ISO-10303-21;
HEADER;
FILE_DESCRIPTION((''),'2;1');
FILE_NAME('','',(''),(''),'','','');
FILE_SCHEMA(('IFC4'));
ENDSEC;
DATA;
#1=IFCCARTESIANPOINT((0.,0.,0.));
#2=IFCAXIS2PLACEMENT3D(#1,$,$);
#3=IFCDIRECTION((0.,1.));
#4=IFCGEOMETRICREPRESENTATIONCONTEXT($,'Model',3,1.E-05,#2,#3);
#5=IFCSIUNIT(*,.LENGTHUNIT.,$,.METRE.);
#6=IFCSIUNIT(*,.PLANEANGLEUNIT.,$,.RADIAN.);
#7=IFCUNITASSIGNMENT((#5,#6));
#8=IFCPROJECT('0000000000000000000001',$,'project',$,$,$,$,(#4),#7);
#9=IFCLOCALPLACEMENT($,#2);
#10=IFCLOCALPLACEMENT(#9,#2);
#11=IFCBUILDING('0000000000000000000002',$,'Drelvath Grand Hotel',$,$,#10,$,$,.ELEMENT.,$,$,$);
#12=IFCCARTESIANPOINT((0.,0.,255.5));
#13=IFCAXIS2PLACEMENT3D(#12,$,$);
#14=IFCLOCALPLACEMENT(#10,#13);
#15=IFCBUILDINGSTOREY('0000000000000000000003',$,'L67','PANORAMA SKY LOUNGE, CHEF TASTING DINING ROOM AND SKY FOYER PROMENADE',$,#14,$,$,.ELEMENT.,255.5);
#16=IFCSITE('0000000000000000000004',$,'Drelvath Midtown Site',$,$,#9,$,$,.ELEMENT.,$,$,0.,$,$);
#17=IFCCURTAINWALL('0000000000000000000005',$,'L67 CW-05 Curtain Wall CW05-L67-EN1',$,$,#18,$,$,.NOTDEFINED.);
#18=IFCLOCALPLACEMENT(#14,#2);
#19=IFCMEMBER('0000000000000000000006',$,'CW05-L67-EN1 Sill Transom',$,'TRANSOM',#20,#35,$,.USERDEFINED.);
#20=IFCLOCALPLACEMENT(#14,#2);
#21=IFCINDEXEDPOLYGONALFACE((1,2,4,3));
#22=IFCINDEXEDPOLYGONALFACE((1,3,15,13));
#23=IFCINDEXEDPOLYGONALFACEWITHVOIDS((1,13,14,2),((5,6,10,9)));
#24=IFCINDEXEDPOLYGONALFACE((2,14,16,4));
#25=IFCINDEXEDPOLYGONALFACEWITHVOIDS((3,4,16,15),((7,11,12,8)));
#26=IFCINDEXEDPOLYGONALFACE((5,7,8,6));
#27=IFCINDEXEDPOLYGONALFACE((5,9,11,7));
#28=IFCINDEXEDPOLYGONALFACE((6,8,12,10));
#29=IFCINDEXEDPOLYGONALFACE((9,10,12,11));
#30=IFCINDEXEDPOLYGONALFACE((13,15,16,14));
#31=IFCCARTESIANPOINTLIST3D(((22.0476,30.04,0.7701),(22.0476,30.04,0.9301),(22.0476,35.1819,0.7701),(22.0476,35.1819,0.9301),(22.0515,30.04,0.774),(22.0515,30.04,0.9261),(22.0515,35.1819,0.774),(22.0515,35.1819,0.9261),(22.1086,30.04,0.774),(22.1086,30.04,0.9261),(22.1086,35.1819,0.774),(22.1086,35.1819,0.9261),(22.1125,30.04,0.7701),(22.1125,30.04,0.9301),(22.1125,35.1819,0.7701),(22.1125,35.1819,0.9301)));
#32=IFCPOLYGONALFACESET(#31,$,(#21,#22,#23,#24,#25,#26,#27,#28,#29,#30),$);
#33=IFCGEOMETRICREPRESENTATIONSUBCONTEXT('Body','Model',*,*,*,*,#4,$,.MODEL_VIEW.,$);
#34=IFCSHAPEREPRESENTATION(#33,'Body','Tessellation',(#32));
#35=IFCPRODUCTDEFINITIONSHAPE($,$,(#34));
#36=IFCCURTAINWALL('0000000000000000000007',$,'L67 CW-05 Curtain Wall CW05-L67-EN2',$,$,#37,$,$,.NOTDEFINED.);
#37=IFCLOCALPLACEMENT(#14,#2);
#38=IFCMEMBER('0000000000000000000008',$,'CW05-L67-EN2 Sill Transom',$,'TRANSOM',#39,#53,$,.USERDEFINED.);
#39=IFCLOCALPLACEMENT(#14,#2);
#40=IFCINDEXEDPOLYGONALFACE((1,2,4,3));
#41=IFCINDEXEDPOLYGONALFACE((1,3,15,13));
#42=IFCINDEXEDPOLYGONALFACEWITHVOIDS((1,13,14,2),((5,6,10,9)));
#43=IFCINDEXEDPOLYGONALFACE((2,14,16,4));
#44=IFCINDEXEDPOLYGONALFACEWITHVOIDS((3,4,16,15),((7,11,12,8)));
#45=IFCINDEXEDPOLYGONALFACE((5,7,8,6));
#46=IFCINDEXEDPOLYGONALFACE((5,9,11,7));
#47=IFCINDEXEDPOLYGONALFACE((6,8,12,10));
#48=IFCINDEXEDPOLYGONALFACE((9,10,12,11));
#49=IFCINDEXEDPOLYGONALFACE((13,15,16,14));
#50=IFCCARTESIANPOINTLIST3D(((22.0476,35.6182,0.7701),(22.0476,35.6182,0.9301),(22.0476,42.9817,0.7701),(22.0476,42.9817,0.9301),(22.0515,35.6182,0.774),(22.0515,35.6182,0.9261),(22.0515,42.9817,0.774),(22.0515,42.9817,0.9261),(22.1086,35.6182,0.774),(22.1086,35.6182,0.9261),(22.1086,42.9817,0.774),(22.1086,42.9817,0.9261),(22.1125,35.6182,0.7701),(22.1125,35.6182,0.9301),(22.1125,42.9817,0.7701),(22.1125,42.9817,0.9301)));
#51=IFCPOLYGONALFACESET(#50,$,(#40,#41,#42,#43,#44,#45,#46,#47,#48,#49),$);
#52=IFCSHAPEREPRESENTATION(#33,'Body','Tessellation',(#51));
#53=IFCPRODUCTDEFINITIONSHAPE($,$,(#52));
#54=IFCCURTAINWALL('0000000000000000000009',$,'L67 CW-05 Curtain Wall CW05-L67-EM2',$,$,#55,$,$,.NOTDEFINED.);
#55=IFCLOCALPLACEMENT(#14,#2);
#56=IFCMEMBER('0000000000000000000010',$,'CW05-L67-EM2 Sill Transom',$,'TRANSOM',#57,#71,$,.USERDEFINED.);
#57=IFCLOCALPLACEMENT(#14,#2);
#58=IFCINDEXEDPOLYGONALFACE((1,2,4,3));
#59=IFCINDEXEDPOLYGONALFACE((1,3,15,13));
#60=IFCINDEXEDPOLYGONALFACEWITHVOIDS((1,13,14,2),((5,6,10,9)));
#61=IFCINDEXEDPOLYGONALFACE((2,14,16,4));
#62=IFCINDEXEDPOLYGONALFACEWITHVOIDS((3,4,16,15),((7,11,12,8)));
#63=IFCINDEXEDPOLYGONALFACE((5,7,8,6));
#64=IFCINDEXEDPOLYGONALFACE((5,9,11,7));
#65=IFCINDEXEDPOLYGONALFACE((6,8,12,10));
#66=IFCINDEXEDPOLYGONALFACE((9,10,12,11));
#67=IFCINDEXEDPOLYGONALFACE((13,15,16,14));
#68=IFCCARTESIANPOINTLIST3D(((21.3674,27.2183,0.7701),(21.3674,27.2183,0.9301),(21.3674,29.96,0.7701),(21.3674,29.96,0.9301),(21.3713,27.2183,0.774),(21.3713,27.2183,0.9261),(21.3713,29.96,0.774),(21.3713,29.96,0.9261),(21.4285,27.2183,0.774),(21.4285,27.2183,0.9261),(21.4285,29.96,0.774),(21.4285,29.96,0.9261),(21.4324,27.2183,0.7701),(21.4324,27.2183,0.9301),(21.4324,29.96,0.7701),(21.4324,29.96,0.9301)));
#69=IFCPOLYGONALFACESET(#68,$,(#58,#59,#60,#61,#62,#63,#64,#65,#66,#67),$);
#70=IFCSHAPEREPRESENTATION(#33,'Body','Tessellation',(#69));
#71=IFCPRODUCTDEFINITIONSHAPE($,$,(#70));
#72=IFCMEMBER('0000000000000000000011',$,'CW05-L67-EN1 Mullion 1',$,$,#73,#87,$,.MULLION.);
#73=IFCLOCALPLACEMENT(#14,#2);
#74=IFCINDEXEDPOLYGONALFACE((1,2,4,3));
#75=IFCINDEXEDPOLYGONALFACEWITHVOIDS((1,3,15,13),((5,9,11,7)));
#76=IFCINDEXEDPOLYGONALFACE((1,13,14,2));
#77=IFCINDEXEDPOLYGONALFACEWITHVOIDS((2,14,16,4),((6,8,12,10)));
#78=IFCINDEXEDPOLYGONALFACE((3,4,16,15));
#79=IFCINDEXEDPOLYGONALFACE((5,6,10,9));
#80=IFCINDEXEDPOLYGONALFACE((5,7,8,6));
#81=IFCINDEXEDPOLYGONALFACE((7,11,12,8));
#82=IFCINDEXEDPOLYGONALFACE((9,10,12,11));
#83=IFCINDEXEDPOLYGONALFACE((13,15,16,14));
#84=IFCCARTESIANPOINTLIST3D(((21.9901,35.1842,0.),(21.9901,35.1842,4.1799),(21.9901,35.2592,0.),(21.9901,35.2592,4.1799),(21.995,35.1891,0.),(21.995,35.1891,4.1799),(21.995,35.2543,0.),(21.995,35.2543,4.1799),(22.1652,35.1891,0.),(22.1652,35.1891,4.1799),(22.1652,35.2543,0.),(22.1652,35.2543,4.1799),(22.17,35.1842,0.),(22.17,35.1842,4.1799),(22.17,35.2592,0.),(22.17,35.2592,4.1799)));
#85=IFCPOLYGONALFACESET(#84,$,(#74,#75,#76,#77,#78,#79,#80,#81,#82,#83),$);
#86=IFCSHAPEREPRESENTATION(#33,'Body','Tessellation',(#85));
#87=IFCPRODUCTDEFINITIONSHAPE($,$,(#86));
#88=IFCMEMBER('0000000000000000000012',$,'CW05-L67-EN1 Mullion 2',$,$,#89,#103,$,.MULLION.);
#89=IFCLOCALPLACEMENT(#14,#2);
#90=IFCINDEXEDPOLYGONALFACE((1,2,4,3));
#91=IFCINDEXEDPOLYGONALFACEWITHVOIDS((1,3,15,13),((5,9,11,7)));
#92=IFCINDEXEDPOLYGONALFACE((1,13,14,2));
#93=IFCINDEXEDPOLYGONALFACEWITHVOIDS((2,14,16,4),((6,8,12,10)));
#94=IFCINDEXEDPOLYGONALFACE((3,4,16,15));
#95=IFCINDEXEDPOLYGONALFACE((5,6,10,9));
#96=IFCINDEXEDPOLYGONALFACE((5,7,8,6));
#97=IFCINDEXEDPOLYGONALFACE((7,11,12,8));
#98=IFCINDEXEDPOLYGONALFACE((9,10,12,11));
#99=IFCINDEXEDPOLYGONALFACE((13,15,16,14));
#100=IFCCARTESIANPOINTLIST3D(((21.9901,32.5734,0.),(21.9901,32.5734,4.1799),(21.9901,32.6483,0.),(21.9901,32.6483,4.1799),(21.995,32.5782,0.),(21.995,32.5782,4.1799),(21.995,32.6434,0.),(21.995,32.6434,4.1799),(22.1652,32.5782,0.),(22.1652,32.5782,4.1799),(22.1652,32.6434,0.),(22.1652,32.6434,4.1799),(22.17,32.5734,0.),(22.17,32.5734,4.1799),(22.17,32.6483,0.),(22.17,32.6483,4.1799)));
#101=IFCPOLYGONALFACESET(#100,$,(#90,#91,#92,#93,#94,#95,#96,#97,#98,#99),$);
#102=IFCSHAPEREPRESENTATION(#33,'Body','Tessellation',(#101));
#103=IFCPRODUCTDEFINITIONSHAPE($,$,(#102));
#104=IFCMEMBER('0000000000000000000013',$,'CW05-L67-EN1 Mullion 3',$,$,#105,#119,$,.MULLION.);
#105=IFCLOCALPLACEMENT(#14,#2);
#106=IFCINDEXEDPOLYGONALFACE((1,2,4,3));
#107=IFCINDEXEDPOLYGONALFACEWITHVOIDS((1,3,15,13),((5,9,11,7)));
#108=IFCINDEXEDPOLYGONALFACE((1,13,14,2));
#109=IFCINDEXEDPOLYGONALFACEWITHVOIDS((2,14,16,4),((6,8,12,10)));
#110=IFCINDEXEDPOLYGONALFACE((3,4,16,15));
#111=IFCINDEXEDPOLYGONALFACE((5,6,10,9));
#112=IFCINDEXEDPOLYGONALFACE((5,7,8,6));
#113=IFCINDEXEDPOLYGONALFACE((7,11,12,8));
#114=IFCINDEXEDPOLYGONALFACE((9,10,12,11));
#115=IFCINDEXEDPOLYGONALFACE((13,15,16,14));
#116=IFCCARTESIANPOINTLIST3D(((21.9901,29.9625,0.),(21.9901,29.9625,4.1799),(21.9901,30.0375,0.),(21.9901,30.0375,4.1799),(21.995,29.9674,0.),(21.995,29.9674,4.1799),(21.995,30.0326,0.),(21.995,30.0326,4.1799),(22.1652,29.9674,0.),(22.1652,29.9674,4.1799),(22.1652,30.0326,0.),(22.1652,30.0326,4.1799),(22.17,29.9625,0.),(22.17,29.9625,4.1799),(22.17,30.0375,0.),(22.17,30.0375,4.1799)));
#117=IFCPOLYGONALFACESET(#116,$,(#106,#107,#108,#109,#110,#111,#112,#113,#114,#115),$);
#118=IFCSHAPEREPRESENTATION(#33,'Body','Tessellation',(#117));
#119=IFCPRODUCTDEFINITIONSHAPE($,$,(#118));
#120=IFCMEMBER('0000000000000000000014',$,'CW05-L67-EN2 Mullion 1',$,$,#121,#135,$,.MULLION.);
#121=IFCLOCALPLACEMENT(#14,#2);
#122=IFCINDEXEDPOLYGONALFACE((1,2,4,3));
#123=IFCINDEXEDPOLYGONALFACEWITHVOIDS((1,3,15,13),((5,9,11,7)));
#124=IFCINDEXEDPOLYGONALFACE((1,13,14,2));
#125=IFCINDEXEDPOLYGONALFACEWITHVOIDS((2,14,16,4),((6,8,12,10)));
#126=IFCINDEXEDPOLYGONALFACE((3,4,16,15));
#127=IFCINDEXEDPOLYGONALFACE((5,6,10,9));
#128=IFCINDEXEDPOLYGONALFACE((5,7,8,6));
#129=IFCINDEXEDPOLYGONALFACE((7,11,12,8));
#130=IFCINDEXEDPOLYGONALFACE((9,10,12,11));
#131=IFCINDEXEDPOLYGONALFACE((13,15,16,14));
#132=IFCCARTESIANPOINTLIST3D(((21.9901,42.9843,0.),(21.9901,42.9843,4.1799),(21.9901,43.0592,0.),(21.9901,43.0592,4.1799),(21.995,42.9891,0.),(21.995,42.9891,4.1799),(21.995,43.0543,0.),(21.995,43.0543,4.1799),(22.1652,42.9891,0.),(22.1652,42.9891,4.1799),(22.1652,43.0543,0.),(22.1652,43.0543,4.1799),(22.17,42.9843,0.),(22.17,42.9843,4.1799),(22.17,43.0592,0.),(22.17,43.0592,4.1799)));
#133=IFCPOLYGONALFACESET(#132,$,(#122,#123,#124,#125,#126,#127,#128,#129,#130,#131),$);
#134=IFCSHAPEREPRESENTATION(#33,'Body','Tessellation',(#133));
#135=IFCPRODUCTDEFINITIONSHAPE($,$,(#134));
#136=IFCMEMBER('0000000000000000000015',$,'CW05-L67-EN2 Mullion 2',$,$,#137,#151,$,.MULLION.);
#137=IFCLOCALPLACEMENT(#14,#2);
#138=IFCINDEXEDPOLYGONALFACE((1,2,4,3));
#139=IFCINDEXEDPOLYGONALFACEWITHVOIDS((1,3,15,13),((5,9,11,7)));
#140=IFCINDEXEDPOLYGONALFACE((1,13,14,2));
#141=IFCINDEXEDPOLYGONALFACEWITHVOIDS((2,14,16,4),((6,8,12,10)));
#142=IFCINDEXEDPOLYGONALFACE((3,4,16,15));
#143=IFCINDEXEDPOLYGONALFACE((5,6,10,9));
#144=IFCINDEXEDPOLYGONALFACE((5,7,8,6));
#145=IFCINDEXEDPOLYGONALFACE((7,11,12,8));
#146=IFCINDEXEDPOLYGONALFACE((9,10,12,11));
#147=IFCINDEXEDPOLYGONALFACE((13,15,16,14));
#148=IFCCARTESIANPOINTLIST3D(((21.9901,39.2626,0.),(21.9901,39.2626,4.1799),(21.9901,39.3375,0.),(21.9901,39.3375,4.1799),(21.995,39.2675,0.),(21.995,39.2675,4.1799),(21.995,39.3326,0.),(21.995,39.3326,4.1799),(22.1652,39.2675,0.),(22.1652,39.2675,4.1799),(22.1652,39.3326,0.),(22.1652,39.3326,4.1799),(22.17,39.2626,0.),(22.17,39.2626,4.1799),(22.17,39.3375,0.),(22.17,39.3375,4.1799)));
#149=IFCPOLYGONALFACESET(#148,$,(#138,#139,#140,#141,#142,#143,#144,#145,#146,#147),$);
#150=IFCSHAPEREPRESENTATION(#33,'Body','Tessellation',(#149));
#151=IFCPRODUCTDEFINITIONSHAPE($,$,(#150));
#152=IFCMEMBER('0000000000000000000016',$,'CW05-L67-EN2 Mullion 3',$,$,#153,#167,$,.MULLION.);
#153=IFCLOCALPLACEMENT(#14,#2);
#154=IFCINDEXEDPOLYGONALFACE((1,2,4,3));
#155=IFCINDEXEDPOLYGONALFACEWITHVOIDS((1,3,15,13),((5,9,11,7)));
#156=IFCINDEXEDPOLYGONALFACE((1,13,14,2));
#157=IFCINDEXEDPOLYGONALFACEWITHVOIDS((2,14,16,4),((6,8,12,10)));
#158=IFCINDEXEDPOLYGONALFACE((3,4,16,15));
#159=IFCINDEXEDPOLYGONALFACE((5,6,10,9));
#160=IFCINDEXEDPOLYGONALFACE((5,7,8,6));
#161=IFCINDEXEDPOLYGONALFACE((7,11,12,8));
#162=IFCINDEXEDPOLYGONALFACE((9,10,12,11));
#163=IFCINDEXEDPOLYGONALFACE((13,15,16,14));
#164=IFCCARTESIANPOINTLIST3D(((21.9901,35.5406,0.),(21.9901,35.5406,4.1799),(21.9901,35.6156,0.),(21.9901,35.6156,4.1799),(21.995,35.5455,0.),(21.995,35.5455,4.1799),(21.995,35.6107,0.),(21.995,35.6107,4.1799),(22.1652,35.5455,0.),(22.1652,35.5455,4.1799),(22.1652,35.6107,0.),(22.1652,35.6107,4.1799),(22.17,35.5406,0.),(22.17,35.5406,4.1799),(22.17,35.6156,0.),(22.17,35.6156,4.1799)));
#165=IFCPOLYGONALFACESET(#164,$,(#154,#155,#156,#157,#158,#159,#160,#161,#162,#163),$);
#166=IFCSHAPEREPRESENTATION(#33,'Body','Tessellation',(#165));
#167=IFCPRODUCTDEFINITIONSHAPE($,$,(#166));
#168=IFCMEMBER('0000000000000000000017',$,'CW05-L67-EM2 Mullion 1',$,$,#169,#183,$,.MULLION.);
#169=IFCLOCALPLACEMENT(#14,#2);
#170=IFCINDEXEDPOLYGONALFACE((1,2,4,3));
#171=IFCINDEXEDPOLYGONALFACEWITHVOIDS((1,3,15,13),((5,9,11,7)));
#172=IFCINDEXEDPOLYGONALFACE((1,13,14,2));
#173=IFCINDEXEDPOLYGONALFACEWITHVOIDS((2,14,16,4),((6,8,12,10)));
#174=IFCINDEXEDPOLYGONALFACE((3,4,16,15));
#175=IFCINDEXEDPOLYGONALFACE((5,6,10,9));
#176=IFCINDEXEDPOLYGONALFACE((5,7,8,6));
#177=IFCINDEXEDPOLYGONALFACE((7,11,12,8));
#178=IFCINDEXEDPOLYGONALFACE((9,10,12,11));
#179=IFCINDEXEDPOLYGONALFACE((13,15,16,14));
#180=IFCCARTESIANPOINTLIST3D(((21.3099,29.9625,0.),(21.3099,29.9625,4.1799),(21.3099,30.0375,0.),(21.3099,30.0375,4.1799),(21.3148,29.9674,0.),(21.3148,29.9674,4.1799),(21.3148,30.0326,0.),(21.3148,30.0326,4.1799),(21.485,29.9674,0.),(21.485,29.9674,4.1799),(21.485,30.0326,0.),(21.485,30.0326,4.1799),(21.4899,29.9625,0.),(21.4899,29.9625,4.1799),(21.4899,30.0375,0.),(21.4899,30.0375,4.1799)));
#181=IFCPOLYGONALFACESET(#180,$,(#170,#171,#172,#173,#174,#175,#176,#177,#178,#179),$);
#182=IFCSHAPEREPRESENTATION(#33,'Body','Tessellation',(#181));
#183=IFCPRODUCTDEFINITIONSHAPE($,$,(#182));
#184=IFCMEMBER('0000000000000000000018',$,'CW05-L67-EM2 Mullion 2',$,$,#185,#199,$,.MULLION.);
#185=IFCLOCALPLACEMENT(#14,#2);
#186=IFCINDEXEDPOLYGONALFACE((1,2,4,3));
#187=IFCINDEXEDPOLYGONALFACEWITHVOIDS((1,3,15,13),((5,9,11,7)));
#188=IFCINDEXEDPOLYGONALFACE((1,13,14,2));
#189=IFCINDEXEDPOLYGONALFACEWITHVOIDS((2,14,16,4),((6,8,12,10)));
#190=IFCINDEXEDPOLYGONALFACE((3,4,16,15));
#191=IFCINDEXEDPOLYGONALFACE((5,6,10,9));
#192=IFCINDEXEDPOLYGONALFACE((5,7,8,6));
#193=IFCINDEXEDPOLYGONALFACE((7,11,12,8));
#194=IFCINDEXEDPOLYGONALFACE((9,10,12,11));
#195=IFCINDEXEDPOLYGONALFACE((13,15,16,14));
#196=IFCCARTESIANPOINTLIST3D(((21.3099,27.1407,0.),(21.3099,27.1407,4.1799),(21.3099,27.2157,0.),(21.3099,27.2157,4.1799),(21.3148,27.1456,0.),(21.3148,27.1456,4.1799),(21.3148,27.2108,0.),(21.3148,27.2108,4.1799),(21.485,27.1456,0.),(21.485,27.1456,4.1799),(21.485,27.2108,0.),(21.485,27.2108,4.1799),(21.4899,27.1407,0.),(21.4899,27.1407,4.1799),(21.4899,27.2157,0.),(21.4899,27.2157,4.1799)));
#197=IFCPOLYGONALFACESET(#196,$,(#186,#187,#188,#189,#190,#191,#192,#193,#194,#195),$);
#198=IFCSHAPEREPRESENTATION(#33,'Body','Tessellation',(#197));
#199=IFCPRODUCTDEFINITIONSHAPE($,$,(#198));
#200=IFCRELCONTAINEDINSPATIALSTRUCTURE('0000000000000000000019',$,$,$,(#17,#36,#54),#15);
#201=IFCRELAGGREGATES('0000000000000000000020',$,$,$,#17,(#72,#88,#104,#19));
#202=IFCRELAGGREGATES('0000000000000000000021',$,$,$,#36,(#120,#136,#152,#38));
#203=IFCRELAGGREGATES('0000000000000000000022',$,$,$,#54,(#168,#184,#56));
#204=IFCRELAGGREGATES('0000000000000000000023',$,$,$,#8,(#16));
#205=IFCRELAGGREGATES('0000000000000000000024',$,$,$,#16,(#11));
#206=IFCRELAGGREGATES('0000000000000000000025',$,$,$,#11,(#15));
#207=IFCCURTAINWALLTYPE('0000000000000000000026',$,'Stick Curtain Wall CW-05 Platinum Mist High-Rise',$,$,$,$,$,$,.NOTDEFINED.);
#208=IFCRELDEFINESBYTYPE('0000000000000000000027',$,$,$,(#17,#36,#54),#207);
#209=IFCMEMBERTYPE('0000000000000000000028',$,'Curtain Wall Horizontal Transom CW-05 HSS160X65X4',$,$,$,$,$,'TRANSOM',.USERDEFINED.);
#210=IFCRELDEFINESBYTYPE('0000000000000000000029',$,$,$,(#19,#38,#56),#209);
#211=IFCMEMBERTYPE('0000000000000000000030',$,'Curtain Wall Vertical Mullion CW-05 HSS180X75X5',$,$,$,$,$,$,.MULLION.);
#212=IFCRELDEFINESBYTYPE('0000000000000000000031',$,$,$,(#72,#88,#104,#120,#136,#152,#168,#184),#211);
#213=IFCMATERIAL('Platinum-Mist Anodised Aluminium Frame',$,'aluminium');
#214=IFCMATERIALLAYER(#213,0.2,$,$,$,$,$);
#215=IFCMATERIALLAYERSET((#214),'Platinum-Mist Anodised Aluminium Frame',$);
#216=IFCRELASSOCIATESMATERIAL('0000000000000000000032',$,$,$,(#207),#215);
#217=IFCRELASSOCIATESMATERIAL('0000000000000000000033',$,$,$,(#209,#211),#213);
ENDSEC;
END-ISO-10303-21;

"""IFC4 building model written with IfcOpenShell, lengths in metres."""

from ifc_helpers import new_model, si_unit, direction, frame, origin, origin_2d, place, context, subcontext, project, spatial, hollow_rectangle, extrude, material, layer, layer_set, material_profile, profile_set, type_object, element, aggregate, save


model = new_model("IFC4")

# Units and contexts
model_context = context("Model", 3, precision=1e-05, world=origin(), true_north=direction((0.0, 1.0)))
body_context = subcontext(model_context, "Body", "Model", "MODEL_VIEW")
ifc_project = project(units=[si_unit("LENGTHUNIT", "METRE"), si_unit("PLANEANGLEUNIT", "RADIAN")], contexts=[model_context])

# Site, building, storey
site_placement = place(None, origin())
site = spatial("IfcSite", under=ifc_project, at=site_placement, Name="Drelvath Midtown Site", CompositionType="ELEMENT", RefElevation=0.0)
building_placement = place(site_placement, origin())
building = spatial("IfcBuilding", under=site, at=building_placement, Name="Drelvath Grand Hotel", CompositionType="ELEMENT")
storey_placement = place(building_placement, frame((0.0, 0.0, 255.5)))
storey = spatial("IfcBuildingStorey", under=building, at=storey_placement, Name="L67", Description="PANORAMA SKY LOUNGE, CHEF TASTING DINING ROOM AND SKY FOYER PROMENADE", CompositionType="ELEMENT", Elevation=255.5)

# Curtain walls, members
ifc_material_1 = material(Name="Platinum-Mist Anodised Aluminium Frame", Category="aluminium")
ifc_layer_1 = layer(ifc_material_1, 0.2)
ifc_layer_set_1 = layer_set([ifc_layer_1], Name="Platinum-Mist Anodised Aluminium Frame")
curtain_wall_type = type_object("IfcCurtainWallType", Name="Stick Curtain Wall CW-05 Platinum Mist High-Rise", PredefinedType="NOTDEFINED", material=ifc_layer_set_1)
curtain_wall_1_placement = place(storey_placement, origin())
curtain_wall_1 = element("IfcCurtainWall", 1, at=curtain_wall_1_placement, inside=storey, type_object=curtain_wall_type, Name="L67 CW-05 Curtain Wall CW05-L67-EN1", PredefinedType="NOTDEFINED")
ifc_material_profile_1 = material_profile(ifc_material_1, hollow_rectangle(XDim=0.0649, YDim=0.1599, WallThickness=0.0039, at=origin_2d()), Name="HSS160X65X4")
ifc_profile_set_1 = profile_set([ifc_material_profile_1], Name="Platinum-Mist Anodised Aluminium Frame")
member_type_1 = type_object("IfcMemberType", Name="Curtain Wall Horizontal Transom CW-05 HSS160X65X4", ElementType="TRANSOM", PredefinedType="USERDEFINED", material=ifc_profile_set_1)
member_1_placement = place(storey_placement, frame((22.0801, 35.1819, 0.8501), z_axis=(0.0, -1.0, 0.0), x_axis=(1.0, 0.0, 0.0)))
member_1 = element("IfcMember", 2, at=member_1_placement, type_object=member_type_1, Name="CW05-L67-EN1 Sill Transom", ObjectType="TRANSOM", PredefinedType="USERDEFINED", context=body_context, shape_type="SweptSolid", body=[
    extrude(hollow_rectangle(XDim=0.0649, YDim=0.1599, WallThickness=0.0039, at=origin_2d()), origin(), (0.0, 0.0, 1.0), 5.1418),
])
curtain_wall_2_placement = place(storey_placement, origin())
curtain_wall_2 = element("IfcCurtainWall", 3, at=curtain_wall_2_placement, inside=storey, type_object=curtain_wall_type, Name="L67 CW-05 Curtain Wall CW05-L67-EN2", PredefinedType="NOTDEFINED")
member_2_placement = place(storey_placement, frame((22.0801, 42.9817, 0.8501), z_axis=(0.0, -1.0, 0.0), x_axis=(1.0, 0.0, 0.0)))
member_2 = element("IfcMember", 4, at=member_2_placement, type_object=member_type_1, Name="CW05-L67-EN2 Sill Transom", ObjectType="TRANSOM", PredefinedType="USERDEFINED", context=body_context, shape_type="SweptSolid", body=[
    extrude(hollow_rectangle(XDim=0.0649, YDim=0.1599, WallThickness=0.0039, at=origin_2d()), origin(), (0.0, 0.0, 1.0), 7.3635),
])
curtain_wall_3_placement = place(storey_placement, origin())
curtain_wall_3 = element("IfcCurtainWall", 5, at=curtain_wall_3_placement, inside=storey, type_object=curtain_wall_type, Name="L67 CW-05 Curtain Wall CW05-L67-EM2", PredefinedType="NOTDEFINED")
member_3_placement = place(storey_placement, frame((21.3999, 29.96, 0.8501), z_axis=(0.0, -1.0, 0.0), x_axis=(1.0, 0.0, 0.0)))
member_3 = element("IfcMember", 6, at=member_3_placement, type_object=member_type_1, Name="CW05-L67-EM2 Sill Transom", ObjectType="TRANSOM", PredefinedType="USERDEFINED", context=body_context, shape_type="SweptSolid", body=[
    extrude(hollow_rectangle(XDim=0.0649, YDim=0.1599, WallThickness=0.0039, at=origin_2d()), origin(), (0.0, 0.0, 1.0), 2.7417),
])

# Members
ifc_material_profile_2 = material_profile(ifc_material_1, hollow_rectangle(XDim=0.075, YDim=0.1799, WallThickness=0.0049, at=origin_2d()), Name="HSS180X75X5")
ifc_profile_set_2 = profile_set([ifc_material_profile_2], Name="Platinum-Mist Anodised Aluminium Frame")
member_type_2 = type_object("IfcMemberType", Name="Curtain Wall Vertical Mullion CW-05 HSS180X75X5", PredefinedType="MULLION", material=ifc_profile_set_2)
member_4_placement = place(storey_placement, frame((22.0801, 35.2217, 0.0), z_axis=(0.0, 0.0, 1.0), x_axis=(0.0, 1.0, 0.0)))
member_4 = element("IfcMember", 7, at=member_4_placement, type_object=member_type_2, Name="CW05-L67-EN1 Mullion 1", PredefinedType="MULLION", context=body_context, shape_type="SweptSolid", body=[
    extrude(hollow_rectangle(XDim=0.075, YDim=0.1799, WallThickness=0.0049, at=origin_2d()), origin(), (0.0, 0.0, 1.0), 4.1799),
])
member_5_placement = place(storey_placement, frame((22.0801, 32.6108, 0.0), z_axis=(0.0, 0.0, 1.0), x_axis=(0.0, 1.0, 0.0)))
member_5 = element("IfcMember", 8, at=member_5_placement, type_object=member_type_2, Name="CW05-L67-EN1 Mullion 2", PredefinedType="MULLION", context=body_context, shape_type="SweptSolid", body=[
    extrude(hollow_rectangle(XDim=0.075, YDim=0.1799, WallThickness=0.0049, at=origin_2d()), origin(), (0.0, 0.0, 1.0), 4.1799),
])
member_6_placement = place(storey_placement, frame((22.0801, 30.0, 0.0), z_axis=(0.0, 0.0, 1.0), x_axis=(0.0, 1.0, 0.0)))
member_6 = element("IfcMember", 9, at=member_6_placement, type_object=member_type_2, Name="CW05-L67-EN1 Mullion 3", PredefinedType="MULLION", context=body_context, shape_type="SweptSolid", body=[
    extrude(hollow_rectangle(XDim=0.075, YDim=0.1799, WallThickness=0.0049, at=origin_2d()), origin(), (0.0, 0.0, 1.0), 4.1799),
])
member_7_placement = place(storey_placement, frame((22.0801, 43.0217, 0.0), z_axis=(0.0, 0.0, 1.0), x_axis=(0.0, 1.0, 0.0)))
member_7 = element("IfcMember", 10, at=member_7_placement, type_object=member_type_2, Name="CW05-L67-EN2 Mullion 1", PredefinedType="MULLION", context=body_context, shape_type="SweptSolid", body=[
    extrude(hollow_rectangle(XDim=0.075, YDim=0.1799, WallThickness=0.0049, at=origin_2d()), origin(), (0.0, 0.0, 1.0), 4.1799),
])
member_8_placement = place(storey_placement, frame((22.0801, 39.3, 0.0), z_axis=(0.0, 0.0, 1.0), x_axis=(0.0, 1.0, 0.0)))
member_8 = element("IfcMember", 11, at=member_8_placement, type_object=member_type_2, Name="CW05-L67-EN2 Mullion 2", PredefinedType="MULLION", context=body_context, shape_type="SweptSolid", body=[
    extrude(hollow_rectangle(XDim=0.075, YDim=0.1799, WallThickness=0.0049, at=origin_2d()), origin(), (0.0, 0.0, 1.0), 4.1799),
])
member_9_placement = place(storey_placement, frame((22.0801, 35.5781, 0.0), z_axis=(0.0, 0.0, 1.0), x_axis=(0.0, 1.0, 0.0)))
member_9 = element("IfcMember", 12, at=member_9_placement, type_object=member_type_2, Name="CW05-L67-EN2 Mullion 3", PredefinedType="MULLION", context=body_context, shape_type="SweptSolid", body=[
    extrude(hollow_rectangle(XDim=0.075, YDim=0.1799, WallThickness=0.0049, at=origin_2d()), origin(), (0.0, 0.0, 1.0), 4.1799),
])
member_10_placement = place(storey_placement, frame((21.3999, 30.0, 0.0), z_axis=(0.0, 0.0, 1.0), x_axis=(0.0, 1.0, 0.0)))
member_10 = element("IfcMember", 13, at=member_10_placement, type_object=member_type_2, Name="CW05-L67-EM2 Mullion 1", PredefinedType="MULLION", context=body_context, shape_type="SweptSolid", body=[
    extrude(hollow_rectangle(XDim=0.075, YDim=0.1799, WallThickness=0.0049, at=origin_2d()), origin(), (0.0, 0.0, 1.0), 4.1799),
])
member_11_placement = place(storey_placement, frame((21.3999, 27.1782, 0.0), z_axis=(0.0, 0.0, 1.0), x_axis=(0.0, 1.0, 0.0)))
member_11 = element("IfcMember", 14, at=member_11_placement, type_object=member_type_2, Name="CW05-L67-EM2 Mullion 2", PredefinedType="MULLION", context=body_context, shape_type="SweptSolid", body=[
    extrude(hollow_rectangle(XDim=0.075, YDim=0.1799, WallThickness=0.0049, at=origin_2d()), origin(), (0.0, 0.0, 1.0), 4.1799),
])

aggregate(curtain_wall_1, [member_4, member_5, member_6, member_1])
aggregate(curtain_wall_2, [member_7, member_8, member_9, member_2])
aggregate(curtain_wall_3, [member_10, member_11, member_3])

save(model, "model.ifc")
